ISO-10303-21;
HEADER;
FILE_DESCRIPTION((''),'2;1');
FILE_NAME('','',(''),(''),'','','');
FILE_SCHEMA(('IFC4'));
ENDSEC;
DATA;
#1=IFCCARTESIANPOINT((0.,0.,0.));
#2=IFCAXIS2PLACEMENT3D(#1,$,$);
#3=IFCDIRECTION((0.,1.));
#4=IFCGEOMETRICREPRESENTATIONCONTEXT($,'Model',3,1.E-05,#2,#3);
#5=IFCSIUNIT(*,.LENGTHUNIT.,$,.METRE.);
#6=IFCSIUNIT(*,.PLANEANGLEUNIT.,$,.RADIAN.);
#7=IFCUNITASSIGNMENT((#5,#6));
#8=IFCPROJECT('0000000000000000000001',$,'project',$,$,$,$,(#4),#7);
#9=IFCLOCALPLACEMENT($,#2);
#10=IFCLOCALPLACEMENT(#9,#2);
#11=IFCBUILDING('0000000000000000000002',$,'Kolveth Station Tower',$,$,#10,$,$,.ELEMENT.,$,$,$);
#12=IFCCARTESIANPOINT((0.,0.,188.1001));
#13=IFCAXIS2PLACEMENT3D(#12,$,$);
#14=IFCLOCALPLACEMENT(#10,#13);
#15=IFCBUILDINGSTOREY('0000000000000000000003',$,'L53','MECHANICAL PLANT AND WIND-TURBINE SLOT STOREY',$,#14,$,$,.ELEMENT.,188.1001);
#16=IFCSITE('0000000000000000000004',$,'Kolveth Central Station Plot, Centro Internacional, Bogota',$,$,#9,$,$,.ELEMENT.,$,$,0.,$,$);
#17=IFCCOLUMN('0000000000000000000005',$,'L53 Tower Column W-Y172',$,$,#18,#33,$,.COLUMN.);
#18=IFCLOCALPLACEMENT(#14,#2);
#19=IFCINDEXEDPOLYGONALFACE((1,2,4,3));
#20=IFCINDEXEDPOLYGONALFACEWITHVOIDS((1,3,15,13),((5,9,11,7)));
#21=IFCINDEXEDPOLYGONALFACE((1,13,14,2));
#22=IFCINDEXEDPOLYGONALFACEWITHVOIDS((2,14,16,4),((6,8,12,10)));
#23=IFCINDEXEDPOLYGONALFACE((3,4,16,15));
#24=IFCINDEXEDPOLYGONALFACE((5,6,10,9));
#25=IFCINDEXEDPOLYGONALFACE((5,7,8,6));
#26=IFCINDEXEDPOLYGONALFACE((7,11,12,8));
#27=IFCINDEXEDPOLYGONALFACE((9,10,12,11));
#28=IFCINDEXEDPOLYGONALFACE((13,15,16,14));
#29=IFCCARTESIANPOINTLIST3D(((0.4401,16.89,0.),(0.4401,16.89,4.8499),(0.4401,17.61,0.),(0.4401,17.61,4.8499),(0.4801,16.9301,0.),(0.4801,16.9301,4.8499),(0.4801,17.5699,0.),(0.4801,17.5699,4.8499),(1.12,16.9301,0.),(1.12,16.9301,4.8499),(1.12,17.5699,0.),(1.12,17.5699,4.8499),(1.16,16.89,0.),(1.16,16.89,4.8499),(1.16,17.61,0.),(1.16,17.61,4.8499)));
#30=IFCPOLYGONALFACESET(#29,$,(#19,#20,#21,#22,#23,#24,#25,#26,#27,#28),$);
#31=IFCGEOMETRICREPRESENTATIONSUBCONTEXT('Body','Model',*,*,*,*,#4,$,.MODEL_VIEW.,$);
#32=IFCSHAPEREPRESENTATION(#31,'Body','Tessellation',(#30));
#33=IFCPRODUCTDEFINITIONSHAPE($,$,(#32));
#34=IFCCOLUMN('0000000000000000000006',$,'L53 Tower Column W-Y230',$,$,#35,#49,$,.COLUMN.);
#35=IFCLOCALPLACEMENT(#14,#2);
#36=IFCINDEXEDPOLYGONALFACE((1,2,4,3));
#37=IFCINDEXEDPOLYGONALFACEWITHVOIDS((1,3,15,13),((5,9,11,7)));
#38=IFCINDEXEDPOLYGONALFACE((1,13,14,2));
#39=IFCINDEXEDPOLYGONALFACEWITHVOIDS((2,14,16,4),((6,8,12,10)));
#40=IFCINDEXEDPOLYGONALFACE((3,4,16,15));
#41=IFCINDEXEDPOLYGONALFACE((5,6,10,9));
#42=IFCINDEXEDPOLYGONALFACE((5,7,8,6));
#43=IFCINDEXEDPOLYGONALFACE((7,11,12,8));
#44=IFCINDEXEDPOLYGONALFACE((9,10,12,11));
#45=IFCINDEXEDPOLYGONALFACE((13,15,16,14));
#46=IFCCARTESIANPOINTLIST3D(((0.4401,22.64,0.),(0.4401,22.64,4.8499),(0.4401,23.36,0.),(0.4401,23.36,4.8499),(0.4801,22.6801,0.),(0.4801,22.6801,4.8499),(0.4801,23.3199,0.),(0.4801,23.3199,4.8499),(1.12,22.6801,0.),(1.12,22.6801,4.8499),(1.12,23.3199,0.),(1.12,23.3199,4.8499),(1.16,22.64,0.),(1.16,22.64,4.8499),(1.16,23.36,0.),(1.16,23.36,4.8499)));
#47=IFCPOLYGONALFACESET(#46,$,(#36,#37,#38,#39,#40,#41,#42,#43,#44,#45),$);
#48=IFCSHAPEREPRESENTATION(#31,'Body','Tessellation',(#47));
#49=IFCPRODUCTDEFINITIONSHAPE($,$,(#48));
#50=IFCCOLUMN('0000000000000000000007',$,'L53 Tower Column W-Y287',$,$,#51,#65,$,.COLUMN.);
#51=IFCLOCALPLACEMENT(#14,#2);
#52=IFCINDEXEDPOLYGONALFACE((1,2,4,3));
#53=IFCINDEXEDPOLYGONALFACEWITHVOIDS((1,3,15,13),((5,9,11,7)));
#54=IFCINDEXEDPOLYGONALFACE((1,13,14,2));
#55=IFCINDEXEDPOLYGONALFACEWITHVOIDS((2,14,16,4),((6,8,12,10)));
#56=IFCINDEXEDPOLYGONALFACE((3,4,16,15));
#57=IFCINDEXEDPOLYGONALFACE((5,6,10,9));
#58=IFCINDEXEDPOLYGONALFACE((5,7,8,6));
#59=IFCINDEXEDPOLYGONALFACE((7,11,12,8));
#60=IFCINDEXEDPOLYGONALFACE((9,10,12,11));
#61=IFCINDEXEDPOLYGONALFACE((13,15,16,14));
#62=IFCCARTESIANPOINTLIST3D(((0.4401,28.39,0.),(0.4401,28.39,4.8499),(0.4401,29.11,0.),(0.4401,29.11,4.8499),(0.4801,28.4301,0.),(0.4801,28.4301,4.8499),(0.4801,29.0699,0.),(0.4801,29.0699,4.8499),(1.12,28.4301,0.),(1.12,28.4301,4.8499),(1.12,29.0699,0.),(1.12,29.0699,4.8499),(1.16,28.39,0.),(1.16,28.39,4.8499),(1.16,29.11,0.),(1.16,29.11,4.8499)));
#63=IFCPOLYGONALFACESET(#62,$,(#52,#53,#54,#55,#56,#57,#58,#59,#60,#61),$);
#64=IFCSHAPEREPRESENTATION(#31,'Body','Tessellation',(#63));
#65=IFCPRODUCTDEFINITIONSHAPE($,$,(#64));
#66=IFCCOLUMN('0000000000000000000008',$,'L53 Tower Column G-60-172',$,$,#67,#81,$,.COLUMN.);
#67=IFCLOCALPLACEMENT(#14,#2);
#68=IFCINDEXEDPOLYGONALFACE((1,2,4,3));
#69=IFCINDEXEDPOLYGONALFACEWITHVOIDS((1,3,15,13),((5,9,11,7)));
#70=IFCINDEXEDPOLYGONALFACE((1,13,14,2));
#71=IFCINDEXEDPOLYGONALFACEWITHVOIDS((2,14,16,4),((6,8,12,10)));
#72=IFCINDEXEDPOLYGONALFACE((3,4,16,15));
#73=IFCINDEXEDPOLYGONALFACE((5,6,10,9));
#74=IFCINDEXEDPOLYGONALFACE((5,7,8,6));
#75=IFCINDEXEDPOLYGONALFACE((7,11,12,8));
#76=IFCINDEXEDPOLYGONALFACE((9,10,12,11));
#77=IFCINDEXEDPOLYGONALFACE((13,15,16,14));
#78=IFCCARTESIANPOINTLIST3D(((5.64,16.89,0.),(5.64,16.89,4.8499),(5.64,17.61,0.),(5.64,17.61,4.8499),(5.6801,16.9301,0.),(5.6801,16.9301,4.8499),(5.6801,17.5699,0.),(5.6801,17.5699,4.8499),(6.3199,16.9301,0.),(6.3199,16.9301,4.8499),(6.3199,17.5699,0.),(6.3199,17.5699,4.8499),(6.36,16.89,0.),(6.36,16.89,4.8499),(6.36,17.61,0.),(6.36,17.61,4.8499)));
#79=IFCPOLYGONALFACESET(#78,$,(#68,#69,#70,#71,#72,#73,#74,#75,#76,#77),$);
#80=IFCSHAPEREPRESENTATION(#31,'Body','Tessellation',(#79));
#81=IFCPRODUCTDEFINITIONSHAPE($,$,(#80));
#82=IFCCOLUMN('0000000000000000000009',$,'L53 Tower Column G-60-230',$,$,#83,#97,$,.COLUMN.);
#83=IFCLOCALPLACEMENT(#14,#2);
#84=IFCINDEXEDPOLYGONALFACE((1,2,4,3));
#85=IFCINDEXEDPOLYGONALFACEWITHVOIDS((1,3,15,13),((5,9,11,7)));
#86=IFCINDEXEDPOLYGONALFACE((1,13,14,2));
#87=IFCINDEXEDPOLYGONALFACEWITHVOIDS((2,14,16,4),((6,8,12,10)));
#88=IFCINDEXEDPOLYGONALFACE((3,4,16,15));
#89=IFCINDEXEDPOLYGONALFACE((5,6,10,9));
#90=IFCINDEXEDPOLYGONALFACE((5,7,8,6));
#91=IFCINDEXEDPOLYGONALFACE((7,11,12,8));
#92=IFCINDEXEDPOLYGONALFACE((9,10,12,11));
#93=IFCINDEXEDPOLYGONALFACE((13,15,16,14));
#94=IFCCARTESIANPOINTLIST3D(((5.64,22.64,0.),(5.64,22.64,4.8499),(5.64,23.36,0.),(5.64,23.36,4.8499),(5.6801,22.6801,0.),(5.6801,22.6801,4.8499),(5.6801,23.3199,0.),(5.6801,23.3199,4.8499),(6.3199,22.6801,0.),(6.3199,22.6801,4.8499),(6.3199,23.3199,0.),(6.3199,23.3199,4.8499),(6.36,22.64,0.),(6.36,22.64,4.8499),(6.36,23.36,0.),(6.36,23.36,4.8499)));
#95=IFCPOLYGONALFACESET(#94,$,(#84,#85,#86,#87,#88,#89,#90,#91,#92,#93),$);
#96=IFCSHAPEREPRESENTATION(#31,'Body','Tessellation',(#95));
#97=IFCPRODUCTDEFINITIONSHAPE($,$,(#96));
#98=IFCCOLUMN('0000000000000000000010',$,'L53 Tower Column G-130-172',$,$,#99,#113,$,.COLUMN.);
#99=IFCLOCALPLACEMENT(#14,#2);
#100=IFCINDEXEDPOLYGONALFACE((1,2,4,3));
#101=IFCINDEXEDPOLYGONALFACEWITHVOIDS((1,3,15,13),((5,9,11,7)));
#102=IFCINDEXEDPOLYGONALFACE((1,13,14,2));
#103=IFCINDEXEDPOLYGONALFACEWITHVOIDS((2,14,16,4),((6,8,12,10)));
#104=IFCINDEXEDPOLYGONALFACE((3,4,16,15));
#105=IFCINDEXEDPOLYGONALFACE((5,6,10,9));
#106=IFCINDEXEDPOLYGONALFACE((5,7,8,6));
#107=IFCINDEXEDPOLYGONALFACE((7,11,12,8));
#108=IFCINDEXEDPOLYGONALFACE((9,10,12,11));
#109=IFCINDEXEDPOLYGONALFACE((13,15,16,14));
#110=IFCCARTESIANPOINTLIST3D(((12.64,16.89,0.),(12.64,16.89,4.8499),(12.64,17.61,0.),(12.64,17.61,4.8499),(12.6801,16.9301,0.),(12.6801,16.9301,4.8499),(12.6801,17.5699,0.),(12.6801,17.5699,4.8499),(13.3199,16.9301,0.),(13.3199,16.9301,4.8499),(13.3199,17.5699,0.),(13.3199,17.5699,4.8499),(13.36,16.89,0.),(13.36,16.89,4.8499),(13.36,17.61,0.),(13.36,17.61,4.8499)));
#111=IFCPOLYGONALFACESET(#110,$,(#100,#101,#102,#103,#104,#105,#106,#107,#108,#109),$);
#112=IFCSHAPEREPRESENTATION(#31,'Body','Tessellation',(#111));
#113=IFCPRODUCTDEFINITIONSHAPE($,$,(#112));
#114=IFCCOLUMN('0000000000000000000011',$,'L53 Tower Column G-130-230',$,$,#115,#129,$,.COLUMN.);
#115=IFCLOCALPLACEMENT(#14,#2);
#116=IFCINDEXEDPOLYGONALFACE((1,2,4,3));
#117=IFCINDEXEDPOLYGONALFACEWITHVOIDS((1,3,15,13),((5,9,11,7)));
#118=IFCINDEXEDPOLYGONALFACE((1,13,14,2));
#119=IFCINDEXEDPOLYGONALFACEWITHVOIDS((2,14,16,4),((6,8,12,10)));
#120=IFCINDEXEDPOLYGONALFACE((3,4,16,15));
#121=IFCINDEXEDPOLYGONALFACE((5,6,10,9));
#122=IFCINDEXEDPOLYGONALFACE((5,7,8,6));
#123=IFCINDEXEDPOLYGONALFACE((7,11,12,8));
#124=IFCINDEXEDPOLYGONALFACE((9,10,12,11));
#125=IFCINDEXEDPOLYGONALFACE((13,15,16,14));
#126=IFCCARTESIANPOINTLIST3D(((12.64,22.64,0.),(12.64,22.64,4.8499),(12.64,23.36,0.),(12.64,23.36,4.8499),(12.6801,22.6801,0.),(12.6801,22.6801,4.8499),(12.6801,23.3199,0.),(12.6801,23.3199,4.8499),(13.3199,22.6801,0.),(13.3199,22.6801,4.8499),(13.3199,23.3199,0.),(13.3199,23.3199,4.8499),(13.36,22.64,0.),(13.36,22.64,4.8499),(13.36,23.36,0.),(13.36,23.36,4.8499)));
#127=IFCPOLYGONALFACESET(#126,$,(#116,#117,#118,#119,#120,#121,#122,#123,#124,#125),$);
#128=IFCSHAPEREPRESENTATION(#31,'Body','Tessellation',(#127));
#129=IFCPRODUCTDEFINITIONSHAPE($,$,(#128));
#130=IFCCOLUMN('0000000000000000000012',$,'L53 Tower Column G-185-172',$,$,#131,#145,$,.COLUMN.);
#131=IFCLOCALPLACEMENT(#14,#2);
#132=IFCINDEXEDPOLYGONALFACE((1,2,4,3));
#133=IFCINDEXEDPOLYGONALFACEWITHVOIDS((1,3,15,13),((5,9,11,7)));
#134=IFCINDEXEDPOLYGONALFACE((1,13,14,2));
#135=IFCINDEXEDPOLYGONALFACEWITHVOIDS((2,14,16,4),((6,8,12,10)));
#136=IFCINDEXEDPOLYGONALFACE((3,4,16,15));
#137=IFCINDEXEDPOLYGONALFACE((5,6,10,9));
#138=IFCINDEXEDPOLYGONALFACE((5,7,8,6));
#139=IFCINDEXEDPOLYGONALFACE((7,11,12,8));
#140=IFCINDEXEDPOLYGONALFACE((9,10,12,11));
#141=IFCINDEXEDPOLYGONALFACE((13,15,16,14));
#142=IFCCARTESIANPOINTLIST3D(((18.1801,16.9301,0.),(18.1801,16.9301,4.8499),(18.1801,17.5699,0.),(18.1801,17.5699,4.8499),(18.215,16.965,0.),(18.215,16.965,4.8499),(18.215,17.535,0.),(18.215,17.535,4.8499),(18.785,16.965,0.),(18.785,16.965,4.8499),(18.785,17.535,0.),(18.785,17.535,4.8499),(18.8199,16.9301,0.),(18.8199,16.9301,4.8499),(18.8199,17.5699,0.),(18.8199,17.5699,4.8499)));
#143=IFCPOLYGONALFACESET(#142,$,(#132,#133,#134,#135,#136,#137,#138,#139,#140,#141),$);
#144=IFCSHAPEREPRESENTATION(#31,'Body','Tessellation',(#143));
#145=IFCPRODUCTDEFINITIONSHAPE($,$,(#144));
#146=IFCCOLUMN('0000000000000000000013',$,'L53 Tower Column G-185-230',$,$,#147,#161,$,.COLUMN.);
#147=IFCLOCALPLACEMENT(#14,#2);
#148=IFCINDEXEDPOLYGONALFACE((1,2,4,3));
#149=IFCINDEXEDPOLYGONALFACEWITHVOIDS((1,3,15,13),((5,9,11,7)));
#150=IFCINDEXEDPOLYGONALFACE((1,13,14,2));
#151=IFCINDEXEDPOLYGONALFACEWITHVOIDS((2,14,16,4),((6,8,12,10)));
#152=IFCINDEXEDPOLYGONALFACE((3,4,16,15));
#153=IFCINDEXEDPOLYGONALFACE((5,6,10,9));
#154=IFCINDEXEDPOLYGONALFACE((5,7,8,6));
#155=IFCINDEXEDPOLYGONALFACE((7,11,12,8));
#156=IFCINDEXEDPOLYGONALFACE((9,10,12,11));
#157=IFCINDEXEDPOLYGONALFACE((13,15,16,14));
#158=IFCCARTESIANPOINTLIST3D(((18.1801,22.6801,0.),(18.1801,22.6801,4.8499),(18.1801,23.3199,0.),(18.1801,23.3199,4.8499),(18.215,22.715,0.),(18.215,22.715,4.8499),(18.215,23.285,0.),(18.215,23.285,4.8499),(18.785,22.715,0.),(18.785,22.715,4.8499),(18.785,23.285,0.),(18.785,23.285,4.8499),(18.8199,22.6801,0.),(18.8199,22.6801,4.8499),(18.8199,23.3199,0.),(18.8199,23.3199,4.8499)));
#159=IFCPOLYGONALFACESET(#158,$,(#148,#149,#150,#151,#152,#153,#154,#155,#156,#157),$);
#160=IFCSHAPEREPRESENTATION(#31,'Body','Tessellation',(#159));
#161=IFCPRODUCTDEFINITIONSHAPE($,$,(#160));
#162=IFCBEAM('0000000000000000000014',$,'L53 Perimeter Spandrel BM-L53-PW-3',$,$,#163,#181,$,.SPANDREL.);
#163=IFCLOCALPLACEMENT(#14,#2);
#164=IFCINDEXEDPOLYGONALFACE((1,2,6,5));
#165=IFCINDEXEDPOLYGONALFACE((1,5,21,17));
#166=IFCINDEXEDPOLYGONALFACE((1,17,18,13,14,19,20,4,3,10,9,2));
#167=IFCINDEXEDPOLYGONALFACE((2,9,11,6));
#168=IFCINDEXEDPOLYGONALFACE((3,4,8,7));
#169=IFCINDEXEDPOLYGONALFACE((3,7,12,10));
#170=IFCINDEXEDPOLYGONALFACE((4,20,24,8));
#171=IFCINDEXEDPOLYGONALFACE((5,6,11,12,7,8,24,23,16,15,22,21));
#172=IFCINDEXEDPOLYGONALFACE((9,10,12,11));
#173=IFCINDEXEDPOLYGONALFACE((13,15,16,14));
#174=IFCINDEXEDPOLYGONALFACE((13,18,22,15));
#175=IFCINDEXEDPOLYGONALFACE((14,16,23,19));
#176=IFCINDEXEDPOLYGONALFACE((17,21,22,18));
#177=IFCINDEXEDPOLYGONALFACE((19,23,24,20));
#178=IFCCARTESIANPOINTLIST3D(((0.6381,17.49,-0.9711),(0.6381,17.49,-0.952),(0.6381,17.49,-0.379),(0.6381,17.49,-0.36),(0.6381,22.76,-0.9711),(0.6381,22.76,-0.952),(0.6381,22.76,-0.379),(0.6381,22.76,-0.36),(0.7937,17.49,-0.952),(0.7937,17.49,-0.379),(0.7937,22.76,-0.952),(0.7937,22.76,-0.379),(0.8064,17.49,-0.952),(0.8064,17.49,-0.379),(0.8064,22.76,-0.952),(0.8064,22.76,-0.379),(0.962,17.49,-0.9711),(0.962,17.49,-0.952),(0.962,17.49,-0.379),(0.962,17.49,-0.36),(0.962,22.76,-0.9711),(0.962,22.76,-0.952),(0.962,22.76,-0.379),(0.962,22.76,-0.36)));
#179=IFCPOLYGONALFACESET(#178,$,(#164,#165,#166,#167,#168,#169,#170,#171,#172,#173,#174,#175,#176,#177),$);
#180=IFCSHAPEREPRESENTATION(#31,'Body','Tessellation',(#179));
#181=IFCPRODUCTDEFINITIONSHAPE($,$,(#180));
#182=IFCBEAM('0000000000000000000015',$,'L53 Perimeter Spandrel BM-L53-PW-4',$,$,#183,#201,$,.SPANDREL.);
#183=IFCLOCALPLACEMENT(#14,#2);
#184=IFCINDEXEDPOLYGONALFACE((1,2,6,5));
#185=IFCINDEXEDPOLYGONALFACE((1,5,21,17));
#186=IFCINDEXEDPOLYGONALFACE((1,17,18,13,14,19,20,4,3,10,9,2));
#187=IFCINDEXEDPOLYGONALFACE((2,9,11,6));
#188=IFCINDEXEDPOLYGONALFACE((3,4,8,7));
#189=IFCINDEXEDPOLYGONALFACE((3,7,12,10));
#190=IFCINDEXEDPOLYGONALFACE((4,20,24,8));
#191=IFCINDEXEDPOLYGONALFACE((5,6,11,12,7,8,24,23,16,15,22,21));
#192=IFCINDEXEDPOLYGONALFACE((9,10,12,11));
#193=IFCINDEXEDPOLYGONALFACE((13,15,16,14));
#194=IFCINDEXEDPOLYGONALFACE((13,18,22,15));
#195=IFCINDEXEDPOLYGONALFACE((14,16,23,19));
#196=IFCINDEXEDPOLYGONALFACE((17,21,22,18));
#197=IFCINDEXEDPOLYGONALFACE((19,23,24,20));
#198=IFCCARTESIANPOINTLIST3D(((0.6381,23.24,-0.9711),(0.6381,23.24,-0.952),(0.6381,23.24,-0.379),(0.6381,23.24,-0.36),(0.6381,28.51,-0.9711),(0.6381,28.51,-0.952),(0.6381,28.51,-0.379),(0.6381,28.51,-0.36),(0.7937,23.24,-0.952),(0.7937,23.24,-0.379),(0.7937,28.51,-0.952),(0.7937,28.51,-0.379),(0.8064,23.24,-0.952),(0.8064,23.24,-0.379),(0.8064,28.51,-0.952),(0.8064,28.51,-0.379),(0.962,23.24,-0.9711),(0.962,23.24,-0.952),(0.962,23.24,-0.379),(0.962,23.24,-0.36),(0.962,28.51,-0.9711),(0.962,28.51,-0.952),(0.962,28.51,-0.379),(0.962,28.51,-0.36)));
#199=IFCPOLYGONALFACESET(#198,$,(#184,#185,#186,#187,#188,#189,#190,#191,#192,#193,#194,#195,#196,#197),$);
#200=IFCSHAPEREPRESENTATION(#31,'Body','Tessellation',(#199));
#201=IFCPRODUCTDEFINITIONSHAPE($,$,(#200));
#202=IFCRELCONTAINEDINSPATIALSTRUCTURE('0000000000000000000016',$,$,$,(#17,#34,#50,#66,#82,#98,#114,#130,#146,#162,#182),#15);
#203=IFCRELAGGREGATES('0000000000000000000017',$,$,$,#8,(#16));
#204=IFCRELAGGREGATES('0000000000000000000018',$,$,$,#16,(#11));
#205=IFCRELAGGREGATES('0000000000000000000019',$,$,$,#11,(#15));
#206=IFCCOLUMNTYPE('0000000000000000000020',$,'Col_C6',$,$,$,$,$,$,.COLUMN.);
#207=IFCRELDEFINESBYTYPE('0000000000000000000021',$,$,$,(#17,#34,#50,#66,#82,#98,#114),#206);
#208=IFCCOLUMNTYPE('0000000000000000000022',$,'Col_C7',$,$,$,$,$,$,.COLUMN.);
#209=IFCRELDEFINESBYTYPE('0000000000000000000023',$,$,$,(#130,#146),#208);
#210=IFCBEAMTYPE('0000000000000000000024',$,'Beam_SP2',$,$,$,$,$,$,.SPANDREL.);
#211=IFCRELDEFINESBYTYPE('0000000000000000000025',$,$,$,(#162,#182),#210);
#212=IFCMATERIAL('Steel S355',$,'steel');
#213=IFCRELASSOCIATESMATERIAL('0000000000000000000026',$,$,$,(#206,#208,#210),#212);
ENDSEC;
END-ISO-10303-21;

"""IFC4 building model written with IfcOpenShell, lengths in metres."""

from ifc_helpers import new_model, si_unit, direction, frame, origin, origin_2d, place, context, subcontext, project, spatial, hollow_rectangle, i_section, extrude, source, transform, mapped, material, material_profile, profile_set, type_object, element, save


model = new_model("IFC4")

# Units and contexts
model_context = context("Model", 3, precision=1e-05, world=origin(), true_north=direction((0.0, 1.0)))
body_context = subcontext(model_context, "Body", "Model", "MODEL_VIEW")
ifc_project = project(units=[si_unit("LENGTHUNIT", "METRE"), si_unit("PLANEANGLEUNIT", "RADIAN")], contexts=[model_context])

# Site, building, storey
site_placement = place(None, origin())
site = spatial("IfcSite", under=ifc_project, at=site_placement, Name="Kolveth Central Station Plot, Centro Internacional, Bogota", CompositionType="ELEMENT", RefElevation=0.0)
building_placement = place(site_placement, origin())
building = spatial("IfcBuilding", under=site, at=building_placement, Name="Kolveth Station Tower", CompositionType="ELEMENT")
storey_placement = place(building_placement, frame((0.0, 0.0, 188.1001)))
storey = spatial("IfcBuildingStorey", under=building, at=storey_placement, Name="L53", Description="MECHANICAL PLANT AND WIND-TURBINE SLOT STOREY", CompositionType="ELEMENT", Elevation=188.1001)

# Columns
ifc_material_1 = material(Name="Steel S355", Category="steel")
ifc_material_profile_1 = material_profile(ifc_material_1, hollow_rectangle(XDim=0.72, YDim=0.72, WallThickness=0.04, at=origin_2d()), Name="BOX720x720x40")
ifc_profile_set_1 = profile_set([ifc_material_profile_1], Name="Steel S355")
column_type_1 = type_object("IfcColumnType", Name="Col_C6", PredefinedType="COLUMN", material=ifc_profile_set_1)
shared_shape_1 = source(origin(), body_context, "Body", "SweptSolid", [
    extrude(hollow_rectangle(XDim=0.72, YDim=0.72, WallThickness=0.04, at=origin_2d()), origin(), (0.0, 0.0, 1.0), 4.8499),
])
for number, where, z_axis, x_axis, name in (
    (1, (0.8, 17.25, 0.0), (0.0, 0.0, 1.0), (1.0, 0.0, 0.0), "L53 Tower Column W-Y172"),
    (2, (0.8, 23.0, 0.0), (0.0, 0.0, 1.0), (1.0, 0.0, 0.0), "L53 Tower Column W-Y230"),
    (3, (0.8, 28.75, 0.0), (0.0, 0.0, 1.0), (1.0, 0.0, 0.0), "L53 Tower Column W-Y287"),
    (4, (6.0, 17.25, 0.0), (0.0, 0.0, 1.0), (1.0, 0.0, 0.0), "L53 Tower Column G-60-172"),
    (5, (6.0, 23.0, 0.0), (0.0, 0.0, 1.0), (1.0, 0.0, 0.0), "L53 Tower Column G-60-230"),
    (6, (13.0, 17.25, 0.0), (0.0, 0.0, 1.0), (1.0, 0.0, 0.0), "L53 Tower Column G-130-172"),
    (7, (13.0, 23.0, 0.0), (0.0, 0.0, 1.0), (1.0, 0.0, 0.0), "L53 Tower Column G-130-230"),
):
    element("IfcColumn", number, at=place(storey_placement, frame(where, z_axis=z_axis, x_axis=x_axis)), inside=storey, type_object=column_type_1, Name=name, PredefinedType="COLUMN", context=body_context, shape_type="MappedRepresentation", body=[
        mapped(shared_shape_1, transform((0.0, 0.0, 0.0), x_axis=(1.0, 0.0, 0.0), y_axis=(0.0, 1.0, 0.0), z_axis=(0.0, 0.0, 1.0), scale=1.0)),
    ])
ifc_material_profile_2 = material_profile(ifc_material_1, hollow_rectangle(XDim=0.6399, YDim=0.6399, WallThickness=0.0349, at=origin_2d()), Name="BOX640x640x35")
ifc_profile_set_2 = profile_set([ifc_material_profile_2], Name="Steel S355")
column_type_2 = type_object("IfcColumnType", Name="Col_C7", PredefinedType="COLUMN", material=ifc_profile_set_2)
shared_shape_2 = source(origin(), body_context, "Body", "SweptSolid", [
    extrude(hollow_rectangle(XDim=0.6399, YDim=0.6399, WallThickness=0.0349, at=origin_2d()), origin(), (0.0, 0.0, 1.0), 4.8499),
])
for number, where, z_axis, x_axis, name in (
    (8, (18.5, 17.25, 0.0), (0.0, 0.0, 1.0), (1.0, 0.0, 0.0), "L53 Tower Column G-185-172"),
    (9, (18.5, 23.0, 0.0), (0.0, 0.0, 1.0), (1.0, 0.0, 0.0), "L53 Tower Column G-185-230"),
):
    element("IfcColumn", number, at=place(storey_placement, frame(where, z_axis=z_axis, x_axis=x_axis)), inside=storey, type_object=column_type_2, Name=name, PredefinedType="COLUMN", context=body_context, shape_type="MappedRepresentation", body=[
        mapped(shared_shape_2, transform((0.0, 0.0, 0.0), x_axis=(1.0, 0.0, 0.0), y_axis=(0.0, 1.0, 0.0), z_axis=(0.0, 0.0, 1.0), scale=1.0)),
    ])

# Beams
ifc_material_profile_3 = material_profile(ifc_material_1, i_section(OverallWidth=0.324, OverallDepth=0.6111, WebThickness=0.0127, FlangeThickness=0.019, at=origin_2d()), Name="W610x155")
ifc_profile_set_3 = profile_set([ifc_material_profile_3], Name="Steel S355")
beam_type_1 = type_object("IfcBeamType", Name="Beam_SP2", PredefinedType="SPANDREL", material=ifc_profile_set_3)
shared_shape_3 = source(origin(), body_context, "Body", "SweptSolid", [
    extrude(i_section(OverallWidth=0.324, OverallDepth=0.6111, WebThickness=0.0127, FlangeThickness=0.019, at=origin_2d()), origin(), (0.0, 0.0, 1.0), 5.27),
])
for number, where, z_axis, x_axis, name in (
    (10, (0.8, 17.49, -0.6655), (0.0, 1.0, 0.0), (-1.0, 0.0, 0.0), "L53 Perimeter Spandrel BM-L53-PW-3"),
    (11, (0.8, 23.24, -0.6655), (0.0, 1.0, 0.0), (-1.0, 0.0, 0.0), "L53 Perimeter Spandrel BM-L53-PW-4"),
):
    element("IfcBeam", number, at=place(storey_placement, frame(where, z_axis=z_axis, x_axis=x_axis)), inside=storey, type_object=beam_type_1, Name=name, PredefinedType="SPANDREL", context=body_context, shape_type="MappedRepresentation", body=[
        mapped(shared_shape_3, transform((0.0, 0.0, 0.0), x_axis=(1.0, 0.0, 0.0), y_axis=(0.0, 1.0, 0.0), z_axis=(0.0, 0.0, 1.0), scale=1.0)),
    ])

save(model, "model.ifc")
